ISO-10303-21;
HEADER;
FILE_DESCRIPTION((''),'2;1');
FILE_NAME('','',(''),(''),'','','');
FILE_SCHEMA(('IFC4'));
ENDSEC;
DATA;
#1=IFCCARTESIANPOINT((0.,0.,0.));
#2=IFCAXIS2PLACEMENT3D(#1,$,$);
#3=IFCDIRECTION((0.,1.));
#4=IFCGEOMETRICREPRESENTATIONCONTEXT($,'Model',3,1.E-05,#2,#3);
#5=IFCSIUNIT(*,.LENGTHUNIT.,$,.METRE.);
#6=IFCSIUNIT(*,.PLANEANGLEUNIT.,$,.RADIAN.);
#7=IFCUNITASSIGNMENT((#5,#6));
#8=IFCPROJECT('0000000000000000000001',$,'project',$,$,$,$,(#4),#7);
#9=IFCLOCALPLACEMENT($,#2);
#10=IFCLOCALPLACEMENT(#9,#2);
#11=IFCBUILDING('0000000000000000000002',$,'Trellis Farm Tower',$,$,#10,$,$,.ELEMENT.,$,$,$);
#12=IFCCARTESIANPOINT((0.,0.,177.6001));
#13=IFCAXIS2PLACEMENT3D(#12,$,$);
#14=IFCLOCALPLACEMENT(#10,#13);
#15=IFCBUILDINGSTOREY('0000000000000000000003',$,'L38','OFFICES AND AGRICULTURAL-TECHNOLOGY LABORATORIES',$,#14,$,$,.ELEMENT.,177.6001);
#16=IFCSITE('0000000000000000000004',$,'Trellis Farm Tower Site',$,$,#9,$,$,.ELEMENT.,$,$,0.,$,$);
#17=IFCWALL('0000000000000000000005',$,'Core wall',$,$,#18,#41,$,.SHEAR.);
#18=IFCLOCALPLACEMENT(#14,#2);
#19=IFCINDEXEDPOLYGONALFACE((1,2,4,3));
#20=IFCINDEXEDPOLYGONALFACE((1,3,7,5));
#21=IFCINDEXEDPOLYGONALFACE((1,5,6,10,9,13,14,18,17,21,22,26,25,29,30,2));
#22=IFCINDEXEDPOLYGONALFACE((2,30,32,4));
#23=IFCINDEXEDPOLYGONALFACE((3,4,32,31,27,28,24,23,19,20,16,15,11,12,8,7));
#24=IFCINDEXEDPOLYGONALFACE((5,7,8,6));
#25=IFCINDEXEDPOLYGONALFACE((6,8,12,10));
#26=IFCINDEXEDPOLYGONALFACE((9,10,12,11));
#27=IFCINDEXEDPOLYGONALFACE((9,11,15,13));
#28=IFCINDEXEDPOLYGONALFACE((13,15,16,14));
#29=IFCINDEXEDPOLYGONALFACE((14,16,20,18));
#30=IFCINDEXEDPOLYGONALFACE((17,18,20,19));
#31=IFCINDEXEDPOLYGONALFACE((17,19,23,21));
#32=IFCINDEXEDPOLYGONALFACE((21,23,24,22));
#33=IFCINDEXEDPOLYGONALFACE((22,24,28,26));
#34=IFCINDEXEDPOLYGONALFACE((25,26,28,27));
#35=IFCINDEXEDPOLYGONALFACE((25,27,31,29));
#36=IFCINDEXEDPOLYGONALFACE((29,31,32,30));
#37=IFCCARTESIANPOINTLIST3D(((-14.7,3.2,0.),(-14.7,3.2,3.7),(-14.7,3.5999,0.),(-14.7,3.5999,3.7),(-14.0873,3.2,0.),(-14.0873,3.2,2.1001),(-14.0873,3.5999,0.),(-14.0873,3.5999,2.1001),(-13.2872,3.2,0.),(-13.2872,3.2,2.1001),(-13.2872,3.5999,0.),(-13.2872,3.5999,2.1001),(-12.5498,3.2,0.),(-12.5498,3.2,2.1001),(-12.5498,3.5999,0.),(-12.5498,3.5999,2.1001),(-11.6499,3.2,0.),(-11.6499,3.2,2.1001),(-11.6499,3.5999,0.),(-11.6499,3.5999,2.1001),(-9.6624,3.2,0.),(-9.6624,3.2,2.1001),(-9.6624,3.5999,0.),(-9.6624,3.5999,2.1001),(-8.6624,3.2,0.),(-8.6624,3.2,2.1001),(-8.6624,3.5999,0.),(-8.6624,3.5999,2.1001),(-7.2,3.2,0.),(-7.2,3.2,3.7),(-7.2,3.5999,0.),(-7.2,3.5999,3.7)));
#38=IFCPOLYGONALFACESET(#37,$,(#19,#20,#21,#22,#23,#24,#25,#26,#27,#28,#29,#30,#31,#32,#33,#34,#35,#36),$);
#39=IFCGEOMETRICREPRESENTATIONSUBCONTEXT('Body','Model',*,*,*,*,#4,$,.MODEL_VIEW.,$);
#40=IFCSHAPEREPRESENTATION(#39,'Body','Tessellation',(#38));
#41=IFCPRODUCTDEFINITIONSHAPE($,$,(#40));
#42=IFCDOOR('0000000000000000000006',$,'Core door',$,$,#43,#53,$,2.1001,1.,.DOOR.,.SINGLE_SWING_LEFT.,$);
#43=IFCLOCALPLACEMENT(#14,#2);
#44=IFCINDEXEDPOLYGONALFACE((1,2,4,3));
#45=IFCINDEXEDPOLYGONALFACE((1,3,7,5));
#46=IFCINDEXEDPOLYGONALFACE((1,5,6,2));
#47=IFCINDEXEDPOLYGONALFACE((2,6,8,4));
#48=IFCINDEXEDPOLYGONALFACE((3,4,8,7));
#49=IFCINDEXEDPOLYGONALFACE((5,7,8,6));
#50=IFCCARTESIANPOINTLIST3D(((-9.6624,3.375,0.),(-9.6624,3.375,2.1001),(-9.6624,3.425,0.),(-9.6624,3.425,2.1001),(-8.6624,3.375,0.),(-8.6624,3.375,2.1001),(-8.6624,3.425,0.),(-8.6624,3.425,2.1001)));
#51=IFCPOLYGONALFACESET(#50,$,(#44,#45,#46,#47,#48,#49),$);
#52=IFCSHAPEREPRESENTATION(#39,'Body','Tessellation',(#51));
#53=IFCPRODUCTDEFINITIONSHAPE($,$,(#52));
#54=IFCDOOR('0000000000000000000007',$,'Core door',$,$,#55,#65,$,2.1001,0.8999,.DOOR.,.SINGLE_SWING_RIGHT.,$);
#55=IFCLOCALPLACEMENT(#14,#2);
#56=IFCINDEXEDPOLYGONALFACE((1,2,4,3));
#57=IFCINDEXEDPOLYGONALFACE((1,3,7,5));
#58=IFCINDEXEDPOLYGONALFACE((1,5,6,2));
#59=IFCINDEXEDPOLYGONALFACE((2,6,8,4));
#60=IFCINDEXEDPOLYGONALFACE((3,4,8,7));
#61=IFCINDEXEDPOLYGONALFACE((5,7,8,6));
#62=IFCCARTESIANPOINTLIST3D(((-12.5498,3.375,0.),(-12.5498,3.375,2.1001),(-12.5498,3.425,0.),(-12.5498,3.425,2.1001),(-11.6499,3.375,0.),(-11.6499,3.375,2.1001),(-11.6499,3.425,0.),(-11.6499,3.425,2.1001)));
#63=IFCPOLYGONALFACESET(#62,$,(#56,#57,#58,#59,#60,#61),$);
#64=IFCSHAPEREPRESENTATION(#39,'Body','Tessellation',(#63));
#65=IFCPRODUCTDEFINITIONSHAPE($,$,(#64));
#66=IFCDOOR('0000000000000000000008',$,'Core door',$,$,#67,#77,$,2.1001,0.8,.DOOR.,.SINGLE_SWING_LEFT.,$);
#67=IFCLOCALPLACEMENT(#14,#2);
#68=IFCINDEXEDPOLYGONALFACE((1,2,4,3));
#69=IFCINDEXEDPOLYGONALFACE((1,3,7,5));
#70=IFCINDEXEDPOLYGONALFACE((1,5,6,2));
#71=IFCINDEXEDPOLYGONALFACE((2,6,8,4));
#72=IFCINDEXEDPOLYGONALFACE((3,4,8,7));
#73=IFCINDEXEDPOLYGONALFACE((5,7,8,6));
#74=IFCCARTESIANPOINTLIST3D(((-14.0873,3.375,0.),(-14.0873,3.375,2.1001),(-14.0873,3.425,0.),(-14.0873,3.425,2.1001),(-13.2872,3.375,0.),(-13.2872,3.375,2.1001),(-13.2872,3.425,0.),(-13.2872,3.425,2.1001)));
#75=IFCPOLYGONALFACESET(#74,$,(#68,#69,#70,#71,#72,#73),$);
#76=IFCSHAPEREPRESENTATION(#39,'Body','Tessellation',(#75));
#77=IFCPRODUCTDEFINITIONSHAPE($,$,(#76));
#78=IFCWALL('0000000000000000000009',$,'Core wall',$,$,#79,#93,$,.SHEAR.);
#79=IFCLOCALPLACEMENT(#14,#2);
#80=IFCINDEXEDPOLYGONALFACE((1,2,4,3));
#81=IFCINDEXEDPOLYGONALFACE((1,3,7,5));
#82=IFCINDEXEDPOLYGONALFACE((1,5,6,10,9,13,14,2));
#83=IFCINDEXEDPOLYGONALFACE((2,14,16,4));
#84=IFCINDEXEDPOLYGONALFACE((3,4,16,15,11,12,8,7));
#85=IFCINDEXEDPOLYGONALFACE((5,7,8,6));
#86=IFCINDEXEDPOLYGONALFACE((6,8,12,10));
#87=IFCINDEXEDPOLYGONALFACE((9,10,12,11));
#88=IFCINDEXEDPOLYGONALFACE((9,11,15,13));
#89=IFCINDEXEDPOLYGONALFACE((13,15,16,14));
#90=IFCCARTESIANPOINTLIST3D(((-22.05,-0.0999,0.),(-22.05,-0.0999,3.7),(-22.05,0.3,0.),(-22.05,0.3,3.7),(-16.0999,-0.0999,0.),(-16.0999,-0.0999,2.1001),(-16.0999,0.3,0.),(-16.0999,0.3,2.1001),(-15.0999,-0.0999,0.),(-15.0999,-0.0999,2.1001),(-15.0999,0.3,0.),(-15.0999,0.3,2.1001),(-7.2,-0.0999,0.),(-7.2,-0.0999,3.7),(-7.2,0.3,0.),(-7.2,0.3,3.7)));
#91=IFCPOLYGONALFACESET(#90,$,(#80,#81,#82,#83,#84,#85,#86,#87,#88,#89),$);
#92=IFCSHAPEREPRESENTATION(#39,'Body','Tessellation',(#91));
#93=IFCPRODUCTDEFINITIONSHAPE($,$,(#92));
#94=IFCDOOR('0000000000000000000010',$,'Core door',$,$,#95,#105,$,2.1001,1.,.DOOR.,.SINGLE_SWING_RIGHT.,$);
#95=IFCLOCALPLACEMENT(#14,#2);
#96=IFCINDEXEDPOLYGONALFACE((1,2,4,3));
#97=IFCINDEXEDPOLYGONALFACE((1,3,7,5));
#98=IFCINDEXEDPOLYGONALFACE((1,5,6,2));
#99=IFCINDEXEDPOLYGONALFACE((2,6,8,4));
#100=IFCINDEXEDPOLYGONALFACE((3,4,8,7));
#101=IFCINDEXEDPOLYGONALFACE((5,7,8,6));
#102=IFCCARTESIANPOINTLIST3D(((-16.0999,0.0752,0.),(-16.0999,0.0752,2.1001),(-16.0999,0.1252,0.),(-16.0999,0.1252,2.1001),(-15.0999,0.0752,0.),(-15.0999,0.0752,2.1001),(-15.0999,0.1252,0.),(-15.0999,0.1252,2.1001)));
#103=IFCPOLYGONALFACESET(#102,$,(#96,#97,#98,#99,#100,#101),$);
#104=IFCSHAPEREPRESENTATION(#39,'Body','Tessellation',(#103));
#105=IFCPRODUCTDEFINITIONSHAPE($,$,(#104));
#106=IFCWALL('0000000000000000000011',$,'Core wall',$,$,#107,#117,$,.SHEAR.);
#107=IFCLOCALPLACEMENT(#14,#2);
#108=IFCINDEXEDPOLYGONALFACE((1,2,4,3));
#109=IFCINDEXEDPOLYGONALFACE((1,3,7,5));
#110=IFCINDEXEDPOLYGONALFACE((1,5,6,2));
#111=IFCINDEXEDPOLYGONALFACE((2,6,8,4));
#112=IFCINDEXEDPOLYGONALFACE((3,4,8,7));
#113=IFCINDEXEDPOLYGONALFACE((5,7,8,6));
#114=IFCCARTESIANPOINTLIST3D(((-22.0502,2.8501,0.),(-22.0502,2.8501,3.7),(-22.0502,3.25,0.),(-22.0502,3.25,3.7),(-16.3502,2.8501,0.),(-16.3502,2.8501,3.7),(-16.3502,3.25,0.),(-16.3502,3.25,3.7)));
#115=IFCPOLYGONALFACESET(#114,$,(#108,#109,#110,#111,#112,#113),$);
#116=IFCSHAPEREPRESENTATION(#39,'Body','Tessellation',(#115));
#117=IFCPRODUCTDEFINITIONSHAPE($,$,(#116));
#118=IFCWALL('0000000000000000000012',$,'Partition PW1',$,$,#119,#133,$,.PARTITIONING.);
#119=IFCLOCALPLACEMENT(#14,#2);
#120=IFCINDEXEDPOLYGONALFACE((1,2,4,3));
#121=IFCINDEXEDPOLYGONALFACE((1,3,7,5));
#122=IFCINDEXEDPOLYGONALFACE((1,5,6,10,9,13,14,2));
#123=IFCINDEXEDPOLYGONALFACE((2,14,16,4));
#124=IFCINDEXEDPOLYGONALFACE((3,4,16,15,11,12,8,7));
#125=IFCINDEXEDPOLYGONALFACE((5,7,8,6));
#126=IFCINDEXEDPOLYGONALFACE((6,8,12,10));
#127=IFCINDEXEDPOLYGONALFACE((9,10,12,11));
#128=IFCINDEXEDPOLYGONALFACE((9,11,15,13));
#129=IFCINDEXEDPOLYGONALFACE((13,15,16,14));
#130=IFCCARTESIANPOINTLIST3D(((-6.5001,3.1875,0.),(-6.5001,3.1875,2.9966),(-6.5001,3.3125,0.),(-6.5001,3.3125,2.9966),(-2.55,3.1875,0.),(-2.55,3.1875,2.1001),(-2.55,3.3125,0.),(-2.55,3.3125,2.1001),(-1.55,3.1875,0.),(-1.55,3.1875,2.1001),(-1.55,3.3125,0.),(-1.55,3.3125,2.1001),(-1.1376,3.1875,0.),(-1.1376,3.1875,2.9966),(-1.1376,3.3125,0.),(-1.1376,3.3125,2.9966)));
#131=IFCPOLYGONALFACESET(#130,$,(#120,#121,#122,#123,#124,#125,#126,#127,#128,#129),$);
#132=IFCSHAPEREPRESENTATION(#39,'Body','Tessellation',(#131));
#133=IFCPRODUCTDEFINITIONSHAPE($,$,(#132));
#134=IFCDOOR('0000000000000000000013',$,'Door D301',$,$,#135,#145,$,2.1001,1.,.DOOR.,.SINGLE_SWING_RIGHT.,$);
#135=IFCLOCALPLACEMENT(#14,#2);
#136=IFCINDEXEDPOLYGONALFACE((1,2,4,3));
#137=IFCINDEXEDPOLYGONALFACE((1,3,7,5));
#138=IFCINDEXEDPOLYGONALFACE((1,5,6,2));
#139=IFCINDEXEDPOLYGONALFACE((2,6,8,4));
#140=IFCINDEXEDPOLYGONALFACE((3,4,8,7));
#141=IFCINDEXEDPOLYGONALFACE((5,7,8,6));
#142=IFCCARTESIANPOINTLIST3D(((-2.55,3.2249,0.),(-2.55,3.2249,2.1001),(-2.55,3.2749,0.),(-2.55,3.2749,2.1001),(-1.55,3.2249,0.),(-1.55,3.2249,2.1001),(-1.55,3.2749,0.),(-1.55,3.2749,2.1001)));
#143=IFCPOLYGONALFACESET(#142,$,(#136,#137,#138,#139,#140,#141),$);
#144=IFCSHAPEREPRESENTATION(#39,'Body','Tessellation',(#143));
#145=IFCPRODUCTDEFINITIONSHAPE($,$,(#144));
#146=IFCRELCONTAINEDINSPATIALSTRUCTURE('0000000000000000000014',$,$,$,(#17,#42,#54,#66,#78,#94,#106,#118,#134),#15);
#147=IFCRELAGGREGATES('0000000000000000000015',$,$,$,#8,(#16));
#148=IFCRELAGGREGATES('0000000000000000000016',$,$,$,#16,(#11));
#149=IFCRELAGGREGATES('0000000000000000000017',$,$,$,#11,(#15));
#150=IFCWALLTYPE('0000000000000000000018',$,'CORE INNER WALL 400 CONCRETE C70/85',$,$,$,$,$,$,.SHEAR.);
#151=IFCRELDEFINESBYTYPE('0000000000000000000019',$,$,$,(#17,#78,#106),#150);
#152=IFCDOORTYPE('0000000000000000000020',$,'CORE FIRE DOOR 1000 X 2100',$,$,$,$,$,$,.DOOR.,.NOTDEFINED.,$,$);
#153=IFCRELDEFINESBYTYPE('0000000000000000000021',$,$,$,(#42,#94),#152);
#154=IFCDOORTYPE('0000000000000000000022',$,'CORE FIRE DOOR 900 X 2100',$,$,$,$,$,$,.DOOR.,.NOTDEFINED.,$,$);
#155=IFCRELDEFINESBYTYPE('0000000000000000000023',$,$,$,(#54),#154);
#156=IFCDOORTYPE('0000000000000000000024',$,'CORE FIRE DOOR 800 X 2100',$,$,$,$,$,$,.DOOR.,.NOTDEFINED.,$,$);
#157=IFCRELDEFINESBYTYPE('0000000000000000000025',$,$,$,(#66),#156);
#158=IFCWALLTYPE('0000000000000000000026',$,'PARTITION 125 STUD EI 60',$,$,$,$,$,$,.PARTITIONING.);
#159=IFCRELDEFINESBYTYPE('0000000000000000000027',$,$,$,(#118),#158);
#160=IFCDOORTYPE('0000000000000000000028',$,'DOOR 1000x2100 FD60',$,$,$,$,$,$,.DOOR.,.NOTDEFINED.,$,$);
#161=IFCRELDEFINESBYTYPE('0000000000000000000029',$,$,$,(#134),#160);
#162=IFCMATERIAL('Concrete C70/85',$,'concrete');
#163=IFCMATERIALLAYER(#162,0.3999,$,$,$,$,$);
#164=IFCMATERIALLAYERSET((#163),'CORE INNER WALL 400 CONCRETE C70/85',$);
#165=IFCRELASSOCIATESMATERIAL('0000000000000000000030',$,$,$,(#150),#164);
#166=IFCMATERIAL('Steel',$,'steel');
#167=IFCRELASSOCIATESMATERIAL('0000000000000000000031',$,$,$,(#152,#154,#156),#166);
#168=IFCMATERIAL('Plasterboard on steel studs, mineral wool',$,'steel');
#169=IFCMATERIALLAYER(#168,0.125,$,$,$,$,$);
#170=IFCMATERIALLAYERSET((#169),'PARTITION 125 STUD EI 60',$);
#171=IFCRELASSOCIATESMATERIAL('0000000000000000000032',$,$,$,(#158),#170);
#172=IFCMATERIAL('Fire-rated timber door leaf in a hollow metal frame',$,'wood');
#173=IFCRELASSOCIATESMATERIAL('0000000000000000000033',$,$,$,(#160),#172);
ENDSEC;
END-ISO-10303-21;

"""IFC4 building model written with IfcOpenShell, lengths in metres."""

from ifc_helpers import new_model, si_unit, direction, frame, frame_2d, origin, place, context, subcontext, project, spatial, rectangle, extrude, source, transform, mapped, material, layer, layer_set, type_object, element, fill, save


model = new_model("IFC4")

# Units and contexts
model_context = context("Model", 3, precision=1e-05, world=origin(), true_north=direction((0.0, 1.0)))
body_context = subcontext(model_context, "Body", "Model", "MODEL_VIEW")
ifc_project = project(units=[si_unit("LENGTHUNIT", "METRE"), si_unit("PLANEANGLEUNIT", "RADIAN")], contexts=[model_context])

# Site, building, storey
site_placement = place(None, origin())
site = spatial("IfcSite", under=ifc_project, at=site_placement, Name="Trellis Farm Tower Site", CompositionType="ELEMENT", RefElevation=0.0)
building_placement = place(site_placement, origin())
building = spatial("IfcBuilding", under=site, at=building_placement, Name="Trellis Farm Tower", CompositionType="ELEMENT")
storey_placement = place(building_placement, frame((0.0, 0.0, 177.6001)))
storey = spatial("IfcBuildingStorey", under=building, at=storey_placement, Name="L38", Description="OFFICES AND AGRICULTURAL-TECHNOLOGY LABORATORIES", CompositionType="ELEMENT", Elevation=177.6001)

# Shared definitions
ifc_material_1 = material(Name="Concrete C70/85", Category="concrete")

# Wall, openings, doors
ifc_layer_1 = layer(ifc_material_1, 0.3999)
ifc_layer_set_1 = layer_set([ifc_layer_1], Name="CORE INNER WALL 400 CONCRETE C70/85")
wall_type_1 = type_object("IfcWallType", Name="CORE INNER WALL 400 CONCRETE C70/85", PredefinedType="SHEAR", material=ifc_layer_set_1)
shared_shape_1 = source(origin(), body_context, "Body", "SweptSolid", [
    extrude(rectangle(XDim=7.5, YDim=0.3999, at=frame_2d((3.75, 0.0))), origin(), (0.0, 0.0, 1.0), 3.7),
])
wall_1_placement = place(storey_placement, frame((-7.2, 3.3999, 0.0), z_axis=(0.0, 0.0, 1.0), x_axis=(-1.0, 0.0, 0.0)))
wall_1 = element("IfcWall", 1, at=wall_1_placement, inside=storey, type_object=wall_type_1, Name="Core wall", PredefinedType="SHEAR", context=body_context, shape_type="MappedRepresentation", body=[
    mapped(shared_shape_1, transform((0.0, 0.0, 0.0))),
])
shared_shape_2 = source(origin(), body_context, "Body", "SweptSolid", [
    extrude(rectangle(XDim=1.0, YDim=2.1001, at=frame_2d((0.5, 1.05))), frame((0.0, 0.21, 0.0), z_axis=(0.0, -1.0, 0.0), x_axis=(1.0, 0.0, 0.0)), (0.0, 0.0, 1.0), 0.4199),
])
opening_1_placement = place(wall_1_placement, frame((1.4624, 0.0, 0.0)))
opening_1 = element("IfcOpeningElement", 2, at=opening_1_placement, cuts=wall_1, PredefinedType="OPENING", context=body_context, shape_type="MappedRepresentation", body=[
    mapped(shared_shape_2, transform((0.0, 0.0, 0.0))),
])
shared_shape_3 = source(origin(), body_context, "Body", "SweptSolid", [
    extrude(rectangle(XDim=0.8999, YDim=2.1001, at=frame_2d((0.45, 1.05))), frame((0.0, 0.21, 0.0), z_axis=(0.0, -1.0, 0.0), x_axis=(1.0, 0.0, 0.0)), (0.0, 0.0, 1.0), 0.4199),
])
opening_2_placement = place(wall_1_placement, frame((4.45, 0.0, 0.0)))
opening_2 = element("IfcOpeningElement", 3, at=opening_2_placement, cuts=wall_1, PredefinedType="OPENING", context=body_context, shape_type="MappedRepresentation", body=[
    mapped(shared_shape_3, transform((0.0, 0.0, 0.0))),
])
shared_shape_4 = source(origin(), body_context, "Body", "SweptSolid", [
    extrude(rectangle(XDim=0.8, YDim=2.1001, at=frame_2d((0.3999, 1.05))), frame((0.0, 0.21, 0.0), z_axis=(0.0, -1.0, 0.0), x_axis=(1.0, 0.0, 0.0)), (0.0, 0.0, 1.0), 0.4199),
])
opening_3_placement = place(wall_1_placement, frame((6.0874, 0.0, 0.0)))
opening_3 = element("IfcOpeningElement", 4, at=opening_3_placement, cuts=wall_1, PredefinedType="OPENING", context=body_context, shape_type="MappedRepresentation", body=[
    mapped(shared_shape_4, transform((0.0, 0.0, 0.0))),
])
ifc_material_2 = material(Name="Steel", Category="steel")
door_type_1 = type_object("IfcDoorType", Name="CORE FIRE DOOR 1000 X 2100", OperationType="NOTDEFINED", PredefinedType="DOOR", material=ifc_material_2)
shared_shape_5 = source(origin(), body_context, "Body", "SweptSolid", [
    extrude(rectangle(XDim=1.0, YDim=2.1001, at=frame_2d((0.5, 1.05))), frame((0.0, 0.0249, 0.0), z_axis=(0.0, -1.0, 0.0), x_axis=(1.0, 0.0, 0.0)), (0.0, 0.0, 1.0), 0.05),
])
door_1_placement = place(opening_1_placement, origin())
door_1 = element("IfcDoor", 5, at=door_1_placement, inside=storey, type_object=door_type_1, Name="Core door", OperationType="SINGLE_SWING_LEFT", OverallHeight=2.1001, OverallWidth=1.0, PredefinedType="DOOR", context=body_context, shape_type="MappedRepresentation", body=[
    mapped(shared_shape_5, transform((0.0, 0.0, 0.0))),
])
fill(opening_1, door_1)
door_type_2 = type_object("IfcDoorType", Name="CORE FIRE DOOR 900 X 2100", OperationType="NOTDEFINED", PredefinedType="DOOR", material=ifc_material_2)
shared_shape_6 = source(origin(), body_context, "Body", "SweptSolid", [
    extrude(rectangle(XDim=0.8999, YDim=2.1001, at=frame_2d((0.45, 1.05))), frame((0.0, 0.0249, 0.0), z_axis=(0.0, -1.0, 0.0), x_axis=(1.0, 0.0, 0.0)), (0.0, 0.0, 1.0), 0.05),
])
door_2_placement = place(opening_2_placement, origin())
door_2 = element("IfcDoor", 6, at=door_2_placement, inside=storey, type_object=door_type_2, Name="Core door", OperationType="SINGLE_SWING_RIGHT", OverallHeight=2.1001, OverallWidth=0.8999, PredefinedType="DOOR", context=body_context, shape_type="MappedRepresentation", body=[
    mapped(shared_shape_6, transform((0.0, 0.0, 0.0))),
])
fill(opening_2, door_2)
door_type_3 = type_object("IfcDoorType", Name="CORE FIRE DOOR 800 X 2100", OperationType="NOTDEFINED", PredefinedType="DOOR", material=ifc_material_2)
shared_shape_7 = source(origin(), body_context, "Body", "SweptSolid", [
    extrude(rectangle(XDim=0.8, YDim=2.1001, at=frame_2d((0.3999, 1.05))), frame((0.0, 0.0249, 0.0), z_axis=(0.0, -1.0, 0.0), x_axis=(1.0, 0.0, 0.0)), (0.0, 0.0, 1.0), 0.05),
])
door_3_placement = place(opening_3_placement, origin())
door_3 = element("IfcDoor", 7, at=door_3_placement, inside=storey, type_object=door_type_3, Name="Core door", OperationType="SINGLE_SWING_LEFT", OverallHeight=2.1001, OverallWidth=0.8, PredefinedType="DOOR", context=body_context, shape_type="MappedRepresentation", body=[
    mapped(shared_shape_7, transform((0.0, 0.0, 0.0))),
])
fill(opening_3, door_3)

# Wall, opening, door
shared_shape_8 = source(origin(), body_context, "Body", "SweptSolid", [
    extrude(rectangle(XDim=14.8501, YDim=0.3999, at=frame_2d((7.425, 0.0))), origin(), (0.0, 0.0, 1.0), 3.7),
])
wall_2_placement = place(storey_placement, frame((-7.2, 0.1001, 0.0), z_axis=(0.0, 0.0, 1.0), x_axis=(-1.0, 0.0, 0.0)))
wall_2 = element("IfcWall", 8, at=wall_2_placement, inside=storey, type_object=wall_type_1, Name="Core wall", PredefinedType="SHEAR", context=body_context, shape_type="MappedRepresentation", body=[
    mapped(shared_shape_8, transform((0.0, 0.0, 0.0))),
])
opening_4_placement = place(wall_2_placement, frame((7.8999, 0.0, 0.0)))
opening_4 = element("IfcOpeningElement", 9, at=opening_4_placement, cuts=wall_2, PredefinedType="OPENING", context=body_context, shape_type="MappedRepresentation", body=[
    mapped(shared_shape_2, transform((0.0, 0.0, 0.0))),
])
door_4_placement = place(opening_4_placement, origin())
door_4 = element("IfcDoor", 10, at=door_4_placement, inside=storey, type_object=door_type_1, Name="Core door", OperationType="SINGLE_SWING_RIGHT", OverallHeight=2.1001, OverallWidth=1.0, PredefinedType="DOOR", context=body_context, shape_type="MappedRepresentation", body=[
    mapped(shared_shape_5, transform((0.0, 0.0, 0.0))),
])
fill(opening_4, door_4)

# Wall
shared_shape_9 = source(origin(), body_context, "Body", "SweptSolid", [
    extrude(rectangle(XDim=5.7, YDim=0.3999, at=frame_2d((2.8501, 0.0))), origin(), (0.0, 0.0, 1.0), 3.7),
])
wall_3_placement = place(storey_placement, frame((-16.3501, 3.05, 0.0), z_axis=(0.0, 0.0, 1.0), x_axis=(-1.0, 0.0, 0.0)))
element("IfcWall", 11, at=wall_3_placement, inside=storey, type_object=wall_type_1, Name="Core wall", PredefinedType="SHEAR", context=body_context, shape_type="MappedRepresentation", body=[
    mapped(shared_shape_9, transform((0.0, 0.0, 0.0))),
])

# Wall, opening, door
ifc_material_3 = material(Name="Plasterboard on steel studs, mineral wool", Category="steel")
ifc_layer_2 = layer(ifc_material_3, 0.125)
ifc_layer_set_2 = layer_set([ifc_layer_2], Name="PARTITION 125 STUD EI 60")
wall_type_2 = type_object("IfcWallType", Name="PARTITION 125 STUD EI 60", PredefinedType="PARTITIONING", material=ifc_layer_set_2)
shared_shape_10 = source(origin(), body_context, "Body", "SweptSolid", [
    extrude(rectangle(XDim=5.3625, YDim=0.125, at=frame_2d((2.6812, 0.0))), origin(), (0.0, 0.0, 1.0), 2.9966),
])
wall_4_placement = place(storey_placement, frame((-6.5, 3.25, 0.0), z_axis=(0.0, 0.0, 1.0), x_axis=(1.0, 0.0, 0.0)))
wall_4 = element("IfcWall", 12, at=wall_4_placement, inside=storey, type_object=wall_type_2, Name="Partition PW1", PredefinedType="PARTITIONING", context=body_context, shape_type="MappedRepresentation", body=[
    mapped(shared_shape_10, transform((0.0, 0.0, 0.0))),
])
shared_shape_11 = source(origin(), body_context, "Body", "SweptSolid", [
    extrude(rectangle(XDim=1.0, YDim=2.1001, at=frame_2d((0.5, 1.05))), frame((0.0, 0.0725, 0.0), z_axis=(0.0, -1.0, 0.0), x_axis=(1.0, 0.0, 0.0)), (0.0, 0.0, 1.0), 0.145),
])
opening_5_placement = place(wall_4_placement, frame((3.95, 0.0, 0.0)))
opening_5 = element("IfcOpeningElement", 13, at=opening_5_placement, cuts=wall_4, PredefinedType="OPENING", context=body_context, shape_type="MappedRepresentation", body=[
    mapped(shared_shape_11, transform((0.0, 0.0, 0.0))),
])
ifc_material_4 = material(Name="Fire-rated timber door leaf in a hollow metal frame", Category="wood")
door_type_4 = type_object("IfcDoorType", Name="DOOR 1000x2100 FD60", OperationType="NOTDEFINED", PredefinedType="DOOR", material=ifc_material_4)
door_5_placement = place(opening_5_placement, origin())
door_5 = element("IfcDoor", 14, at=door_5_placement, inside=storey, type_object=door_type_4, Name="Door D301", OperationType="SINGLE_SWING_RIGHT", OverallHeight=2.1001, OverallWidth=1.0, PredefinedType="DOOR", context=body_context, shape_type="MappedRepresentation", body=[
    mapped(shared_shape_5, transform((0.0, 0.0, 0.0))),
])
fill(opening_5, door_5)

save(model, "model.ifc")
